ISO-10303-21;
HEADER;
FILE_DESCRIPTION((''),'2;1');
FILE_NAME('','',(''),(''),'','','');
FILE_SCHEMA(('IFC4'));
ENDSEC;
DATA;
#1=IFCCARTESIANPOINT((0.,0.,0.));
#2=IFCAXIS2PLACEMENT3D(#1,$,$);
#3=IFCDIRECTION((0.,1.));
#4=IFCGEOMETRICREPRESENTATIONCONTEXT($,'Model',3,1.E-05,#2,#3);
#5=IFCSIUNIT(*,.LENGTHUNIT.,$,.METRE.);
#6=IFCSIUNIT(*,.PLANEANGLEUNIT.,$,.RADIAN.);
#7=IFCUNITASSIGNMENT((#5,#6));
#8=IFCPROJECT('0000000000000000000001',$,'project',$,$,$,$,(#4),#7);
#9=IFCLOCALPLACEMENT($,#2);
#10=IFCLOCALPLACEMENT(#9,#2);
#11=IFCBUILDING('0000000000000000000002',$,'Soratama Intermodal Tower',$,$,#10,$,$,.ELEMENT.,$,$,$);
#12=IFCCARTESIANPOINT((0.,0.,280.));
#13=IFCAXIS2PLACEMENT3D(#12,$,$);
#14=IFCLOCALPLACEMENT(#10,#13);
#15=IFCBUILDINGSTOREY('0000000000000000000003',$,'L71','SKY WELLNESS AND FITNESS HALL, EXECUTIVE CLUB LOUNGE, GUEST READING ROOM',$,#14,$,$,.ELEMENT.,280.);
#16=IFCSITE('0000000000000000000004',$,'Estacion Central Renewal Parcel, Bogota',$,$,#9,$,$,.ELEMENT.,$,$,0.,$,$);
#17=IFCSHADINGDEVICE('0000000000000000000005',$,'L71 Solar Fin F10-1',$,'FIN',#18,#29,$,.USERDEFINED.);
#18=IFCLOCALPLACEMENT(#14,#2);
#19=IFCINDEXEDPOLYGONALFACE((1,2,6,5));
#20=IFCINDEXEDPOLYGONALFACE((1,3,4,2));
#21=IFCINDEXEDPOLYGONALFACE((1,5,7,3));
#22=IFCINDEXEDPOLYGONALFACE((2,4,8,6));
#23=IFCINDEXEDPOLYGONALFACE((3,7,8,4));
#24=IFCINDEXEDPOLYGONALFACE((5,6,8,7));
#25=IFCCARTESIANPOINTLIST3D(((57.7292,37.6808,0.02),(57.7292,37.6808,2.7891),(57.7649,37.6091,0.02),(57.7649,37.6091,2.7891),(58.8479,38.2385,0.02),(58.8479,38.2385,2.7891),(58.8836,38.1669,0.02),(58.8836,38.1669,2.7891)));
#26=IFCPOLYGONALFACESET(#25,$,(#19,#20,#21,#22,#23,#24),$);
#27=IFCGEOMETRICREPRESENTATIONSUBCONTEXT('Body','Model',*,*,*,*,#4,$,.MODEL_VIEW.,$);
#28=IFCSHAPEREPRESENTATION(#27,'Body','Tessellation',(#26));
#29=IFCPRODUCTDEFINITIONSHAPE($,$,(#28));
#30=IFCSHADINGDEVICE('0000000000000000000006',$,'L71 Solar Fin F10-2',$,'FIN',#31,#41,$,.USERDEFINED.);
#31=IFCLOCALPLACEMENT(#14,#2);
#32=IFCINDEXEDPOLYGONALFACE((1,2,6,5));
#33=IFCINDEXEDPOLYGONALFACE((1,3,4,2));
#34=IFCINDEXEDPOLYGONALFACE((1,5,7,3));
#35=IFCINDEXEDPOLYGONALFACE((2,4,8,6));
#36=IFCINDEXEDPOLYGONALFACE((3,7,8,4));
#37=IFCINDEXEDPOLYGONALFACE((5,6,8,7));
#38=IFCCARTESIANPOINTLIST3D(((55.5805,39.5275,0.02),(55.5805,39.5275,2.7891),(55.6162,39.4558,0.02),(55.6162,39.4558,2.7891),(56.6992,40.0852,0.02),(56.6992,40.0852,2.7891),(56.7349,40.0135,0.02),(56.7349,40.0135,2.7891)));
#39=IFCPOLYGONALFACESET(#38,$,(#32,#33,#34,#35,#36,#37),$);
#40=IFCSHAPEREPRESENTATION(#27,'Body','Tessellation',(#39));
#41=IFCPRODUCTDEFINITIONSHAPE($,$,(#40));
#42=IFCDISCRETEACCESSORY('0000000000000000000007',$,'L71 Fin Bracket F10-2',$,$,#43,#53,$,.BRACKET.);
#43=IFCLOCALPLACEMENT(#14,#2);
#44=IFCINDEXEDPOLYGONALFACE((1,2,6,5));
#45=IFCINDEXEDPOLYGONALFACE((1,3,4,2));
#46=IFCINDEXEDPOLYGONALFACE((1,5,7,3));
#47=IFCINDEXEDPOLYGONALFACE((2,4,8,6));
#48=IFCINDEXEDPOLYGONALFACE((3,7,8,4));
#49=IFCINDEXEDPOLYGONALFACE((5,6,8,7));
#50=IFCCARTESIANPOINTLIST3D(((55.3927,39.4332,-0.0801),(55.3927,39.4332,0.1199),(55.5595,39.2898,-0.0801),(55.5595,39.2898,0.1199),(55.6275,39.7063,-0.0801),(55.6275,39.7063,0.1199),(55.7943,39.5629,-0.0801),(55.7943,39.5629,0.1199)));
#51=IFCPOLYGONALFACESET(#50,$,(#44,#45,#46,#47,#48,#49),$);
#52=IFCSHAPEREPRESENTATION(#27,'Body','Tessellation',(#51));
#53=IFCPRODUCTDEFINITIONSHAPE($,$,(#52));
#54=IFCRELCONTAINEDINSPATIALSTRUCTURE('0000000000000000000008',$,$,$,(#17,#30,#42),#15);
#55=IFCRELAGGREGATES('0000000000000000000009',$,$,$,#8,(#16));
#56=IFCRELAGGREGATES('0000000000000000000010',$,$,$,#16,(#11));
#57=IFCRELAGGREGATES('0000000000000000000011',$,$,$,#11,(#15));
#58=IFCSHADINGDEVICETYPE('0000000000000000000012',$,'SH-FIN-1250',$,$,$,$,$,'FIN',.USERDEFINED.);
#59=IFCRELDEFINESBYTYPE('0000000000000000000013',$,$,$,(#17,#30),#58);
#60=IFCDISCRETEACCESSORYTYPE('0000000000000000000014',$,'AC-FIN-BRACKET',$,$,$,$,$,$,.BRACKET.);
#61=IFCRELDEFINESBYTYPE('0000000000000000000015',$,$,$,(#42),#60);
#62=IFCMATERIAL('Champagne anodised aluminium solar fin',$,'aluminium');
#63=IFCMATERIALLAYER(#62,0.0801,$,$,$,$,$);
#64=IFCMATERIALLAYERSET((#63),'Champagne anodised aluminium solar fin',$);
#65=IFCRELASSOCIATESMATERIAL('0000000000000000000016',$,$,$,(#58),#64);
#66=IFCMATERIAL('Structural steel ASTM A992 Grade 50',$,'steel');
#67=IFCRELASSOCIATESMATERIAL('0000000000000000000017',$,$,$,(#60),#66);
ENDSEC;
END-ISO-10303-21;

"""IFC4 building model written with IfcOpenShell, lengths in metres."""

from ifc_helpers import new_model, si_unit, direction, frame, origin, origin_2d, place, context, subcontext, project, spatial, rectangle, extrude, material, layer, layer_set, type_object, element, save


model = new_model("IFC4")

# Units and contexts
model_context = context("Model", 3, precision=1e-05, world=origin(), true_north=direction((0.0, 1.0)))
body_context = subcontext(model_context, "Body", "Model", "MODEL_VIEW")
ifc_project = project(units=[si_unit("LENGTHUNIT", "METRE"), si_unit("PLANEANGLEUNIT", "RADIAN")], contexts=[model_context])

# Site, building, storey
site_placement = place(None, origin())
site = spatial("IfcSite", under=ifc_project, at=site_placement, Name="Estacion Central Renewal Parcel, Bogota", CompositionType="ELEMENT", RefElevation=0.0)
building_placement = place(site_placement, origin())
building = spatial("IfcBuilding", under=site, at=building_placement, Name="Soratama Intermodal Tower", CompositionType="ELEMENT")
storey_placement = place(building_placement, frame((0.0, 0.0, 280.0)))
storey = spatial("IfcBuildingStorey", under=building, at=storey_placement, Name="L71", Description="SKY WELLNESS AND FITNESS HALL, EXECUTIVE CLUB LOUNGE, GUEST READING ROOM", CompositionType="ELEMENT", Elevation=280.0)

# Shading devices
ifc_material_1 = material(Name="Champagne anodised aluminium solar fin", Category="aluminium")
ifc_layer_1 = layer(ifc_material_1, 0.0801)
ifc_layer_set_1 = layer_set([ifc_layer_1], Name="Champagne anodised aluminium solar fin")
shading_device_type = type_object("IfcShadingDeviceType", Name="SH-FIN-1250", ElementType="FIN", PredefinedType="USERDEFINED", material=ifc_layer_set_1)
for number, where, z_axis, x_axis, name in (
    (1, (58.3064, 37.9238, 0.02), (0.0, 0.0, 1.0), (0.894934, 0.446198, 0.0), "L71 Solar Fin F10-1"),
    (2, (56.1577, 39.7705, 0.02), (0.0, 0.0, 1.0), (0.894934, 0.446198, 0.0), "L71 Solar Fin F10-2"),
):
    element("IfcShadingDevice", number, at=place(storey_placement, frame(where, z_axis=z_axis, x_axis=x_axis)), inside=storey, type_object=shading_device_type, Name=name, ObjectType="FIN", PredefinedType="USERDEFINED", context=body_context, shape_type="SweptSolid", body=[
        extrude(rectangle(XDim=1.25, YDim=0.0801, at=origin_2d()), origin(), (0.0, 0.0, 1.0), 2.769),
    ])

# Discrete accessory
ifc_material_2 = material(Name="Structural steel ASTM A992 Grade 50", Category="steel")
discrete_accessory_type = type_object("IfcDiscreteAccessoryType", Name="AC-FIN-BRACKET", PredefinedType="BRACKET", material=ifc_material_2)
discrete_accessory_placement = place(storey_placement, frame((55.5935, 39.498, -0.0801), z_axis=(0.0, 0.0, 1.0), x_axis=(0.651834, 0.758362, 0.0)))
element("IfcDiscreteAccessory", 3, at=discrete_accessory_placement, inside=storey, type_object=discrete_accessory_type, Name="L71 Fin Bracket F10-2", PredefinedType="BRACKET", context=body_context, shape_type="SweptSolid", body=[
    extrude(rectangle(XDim=0.3601, YDim=0.22, at=origin_2d()), origin(), (0.0, 0.0, 1.0), 0.2),
])

save(model, "model.ifc")
